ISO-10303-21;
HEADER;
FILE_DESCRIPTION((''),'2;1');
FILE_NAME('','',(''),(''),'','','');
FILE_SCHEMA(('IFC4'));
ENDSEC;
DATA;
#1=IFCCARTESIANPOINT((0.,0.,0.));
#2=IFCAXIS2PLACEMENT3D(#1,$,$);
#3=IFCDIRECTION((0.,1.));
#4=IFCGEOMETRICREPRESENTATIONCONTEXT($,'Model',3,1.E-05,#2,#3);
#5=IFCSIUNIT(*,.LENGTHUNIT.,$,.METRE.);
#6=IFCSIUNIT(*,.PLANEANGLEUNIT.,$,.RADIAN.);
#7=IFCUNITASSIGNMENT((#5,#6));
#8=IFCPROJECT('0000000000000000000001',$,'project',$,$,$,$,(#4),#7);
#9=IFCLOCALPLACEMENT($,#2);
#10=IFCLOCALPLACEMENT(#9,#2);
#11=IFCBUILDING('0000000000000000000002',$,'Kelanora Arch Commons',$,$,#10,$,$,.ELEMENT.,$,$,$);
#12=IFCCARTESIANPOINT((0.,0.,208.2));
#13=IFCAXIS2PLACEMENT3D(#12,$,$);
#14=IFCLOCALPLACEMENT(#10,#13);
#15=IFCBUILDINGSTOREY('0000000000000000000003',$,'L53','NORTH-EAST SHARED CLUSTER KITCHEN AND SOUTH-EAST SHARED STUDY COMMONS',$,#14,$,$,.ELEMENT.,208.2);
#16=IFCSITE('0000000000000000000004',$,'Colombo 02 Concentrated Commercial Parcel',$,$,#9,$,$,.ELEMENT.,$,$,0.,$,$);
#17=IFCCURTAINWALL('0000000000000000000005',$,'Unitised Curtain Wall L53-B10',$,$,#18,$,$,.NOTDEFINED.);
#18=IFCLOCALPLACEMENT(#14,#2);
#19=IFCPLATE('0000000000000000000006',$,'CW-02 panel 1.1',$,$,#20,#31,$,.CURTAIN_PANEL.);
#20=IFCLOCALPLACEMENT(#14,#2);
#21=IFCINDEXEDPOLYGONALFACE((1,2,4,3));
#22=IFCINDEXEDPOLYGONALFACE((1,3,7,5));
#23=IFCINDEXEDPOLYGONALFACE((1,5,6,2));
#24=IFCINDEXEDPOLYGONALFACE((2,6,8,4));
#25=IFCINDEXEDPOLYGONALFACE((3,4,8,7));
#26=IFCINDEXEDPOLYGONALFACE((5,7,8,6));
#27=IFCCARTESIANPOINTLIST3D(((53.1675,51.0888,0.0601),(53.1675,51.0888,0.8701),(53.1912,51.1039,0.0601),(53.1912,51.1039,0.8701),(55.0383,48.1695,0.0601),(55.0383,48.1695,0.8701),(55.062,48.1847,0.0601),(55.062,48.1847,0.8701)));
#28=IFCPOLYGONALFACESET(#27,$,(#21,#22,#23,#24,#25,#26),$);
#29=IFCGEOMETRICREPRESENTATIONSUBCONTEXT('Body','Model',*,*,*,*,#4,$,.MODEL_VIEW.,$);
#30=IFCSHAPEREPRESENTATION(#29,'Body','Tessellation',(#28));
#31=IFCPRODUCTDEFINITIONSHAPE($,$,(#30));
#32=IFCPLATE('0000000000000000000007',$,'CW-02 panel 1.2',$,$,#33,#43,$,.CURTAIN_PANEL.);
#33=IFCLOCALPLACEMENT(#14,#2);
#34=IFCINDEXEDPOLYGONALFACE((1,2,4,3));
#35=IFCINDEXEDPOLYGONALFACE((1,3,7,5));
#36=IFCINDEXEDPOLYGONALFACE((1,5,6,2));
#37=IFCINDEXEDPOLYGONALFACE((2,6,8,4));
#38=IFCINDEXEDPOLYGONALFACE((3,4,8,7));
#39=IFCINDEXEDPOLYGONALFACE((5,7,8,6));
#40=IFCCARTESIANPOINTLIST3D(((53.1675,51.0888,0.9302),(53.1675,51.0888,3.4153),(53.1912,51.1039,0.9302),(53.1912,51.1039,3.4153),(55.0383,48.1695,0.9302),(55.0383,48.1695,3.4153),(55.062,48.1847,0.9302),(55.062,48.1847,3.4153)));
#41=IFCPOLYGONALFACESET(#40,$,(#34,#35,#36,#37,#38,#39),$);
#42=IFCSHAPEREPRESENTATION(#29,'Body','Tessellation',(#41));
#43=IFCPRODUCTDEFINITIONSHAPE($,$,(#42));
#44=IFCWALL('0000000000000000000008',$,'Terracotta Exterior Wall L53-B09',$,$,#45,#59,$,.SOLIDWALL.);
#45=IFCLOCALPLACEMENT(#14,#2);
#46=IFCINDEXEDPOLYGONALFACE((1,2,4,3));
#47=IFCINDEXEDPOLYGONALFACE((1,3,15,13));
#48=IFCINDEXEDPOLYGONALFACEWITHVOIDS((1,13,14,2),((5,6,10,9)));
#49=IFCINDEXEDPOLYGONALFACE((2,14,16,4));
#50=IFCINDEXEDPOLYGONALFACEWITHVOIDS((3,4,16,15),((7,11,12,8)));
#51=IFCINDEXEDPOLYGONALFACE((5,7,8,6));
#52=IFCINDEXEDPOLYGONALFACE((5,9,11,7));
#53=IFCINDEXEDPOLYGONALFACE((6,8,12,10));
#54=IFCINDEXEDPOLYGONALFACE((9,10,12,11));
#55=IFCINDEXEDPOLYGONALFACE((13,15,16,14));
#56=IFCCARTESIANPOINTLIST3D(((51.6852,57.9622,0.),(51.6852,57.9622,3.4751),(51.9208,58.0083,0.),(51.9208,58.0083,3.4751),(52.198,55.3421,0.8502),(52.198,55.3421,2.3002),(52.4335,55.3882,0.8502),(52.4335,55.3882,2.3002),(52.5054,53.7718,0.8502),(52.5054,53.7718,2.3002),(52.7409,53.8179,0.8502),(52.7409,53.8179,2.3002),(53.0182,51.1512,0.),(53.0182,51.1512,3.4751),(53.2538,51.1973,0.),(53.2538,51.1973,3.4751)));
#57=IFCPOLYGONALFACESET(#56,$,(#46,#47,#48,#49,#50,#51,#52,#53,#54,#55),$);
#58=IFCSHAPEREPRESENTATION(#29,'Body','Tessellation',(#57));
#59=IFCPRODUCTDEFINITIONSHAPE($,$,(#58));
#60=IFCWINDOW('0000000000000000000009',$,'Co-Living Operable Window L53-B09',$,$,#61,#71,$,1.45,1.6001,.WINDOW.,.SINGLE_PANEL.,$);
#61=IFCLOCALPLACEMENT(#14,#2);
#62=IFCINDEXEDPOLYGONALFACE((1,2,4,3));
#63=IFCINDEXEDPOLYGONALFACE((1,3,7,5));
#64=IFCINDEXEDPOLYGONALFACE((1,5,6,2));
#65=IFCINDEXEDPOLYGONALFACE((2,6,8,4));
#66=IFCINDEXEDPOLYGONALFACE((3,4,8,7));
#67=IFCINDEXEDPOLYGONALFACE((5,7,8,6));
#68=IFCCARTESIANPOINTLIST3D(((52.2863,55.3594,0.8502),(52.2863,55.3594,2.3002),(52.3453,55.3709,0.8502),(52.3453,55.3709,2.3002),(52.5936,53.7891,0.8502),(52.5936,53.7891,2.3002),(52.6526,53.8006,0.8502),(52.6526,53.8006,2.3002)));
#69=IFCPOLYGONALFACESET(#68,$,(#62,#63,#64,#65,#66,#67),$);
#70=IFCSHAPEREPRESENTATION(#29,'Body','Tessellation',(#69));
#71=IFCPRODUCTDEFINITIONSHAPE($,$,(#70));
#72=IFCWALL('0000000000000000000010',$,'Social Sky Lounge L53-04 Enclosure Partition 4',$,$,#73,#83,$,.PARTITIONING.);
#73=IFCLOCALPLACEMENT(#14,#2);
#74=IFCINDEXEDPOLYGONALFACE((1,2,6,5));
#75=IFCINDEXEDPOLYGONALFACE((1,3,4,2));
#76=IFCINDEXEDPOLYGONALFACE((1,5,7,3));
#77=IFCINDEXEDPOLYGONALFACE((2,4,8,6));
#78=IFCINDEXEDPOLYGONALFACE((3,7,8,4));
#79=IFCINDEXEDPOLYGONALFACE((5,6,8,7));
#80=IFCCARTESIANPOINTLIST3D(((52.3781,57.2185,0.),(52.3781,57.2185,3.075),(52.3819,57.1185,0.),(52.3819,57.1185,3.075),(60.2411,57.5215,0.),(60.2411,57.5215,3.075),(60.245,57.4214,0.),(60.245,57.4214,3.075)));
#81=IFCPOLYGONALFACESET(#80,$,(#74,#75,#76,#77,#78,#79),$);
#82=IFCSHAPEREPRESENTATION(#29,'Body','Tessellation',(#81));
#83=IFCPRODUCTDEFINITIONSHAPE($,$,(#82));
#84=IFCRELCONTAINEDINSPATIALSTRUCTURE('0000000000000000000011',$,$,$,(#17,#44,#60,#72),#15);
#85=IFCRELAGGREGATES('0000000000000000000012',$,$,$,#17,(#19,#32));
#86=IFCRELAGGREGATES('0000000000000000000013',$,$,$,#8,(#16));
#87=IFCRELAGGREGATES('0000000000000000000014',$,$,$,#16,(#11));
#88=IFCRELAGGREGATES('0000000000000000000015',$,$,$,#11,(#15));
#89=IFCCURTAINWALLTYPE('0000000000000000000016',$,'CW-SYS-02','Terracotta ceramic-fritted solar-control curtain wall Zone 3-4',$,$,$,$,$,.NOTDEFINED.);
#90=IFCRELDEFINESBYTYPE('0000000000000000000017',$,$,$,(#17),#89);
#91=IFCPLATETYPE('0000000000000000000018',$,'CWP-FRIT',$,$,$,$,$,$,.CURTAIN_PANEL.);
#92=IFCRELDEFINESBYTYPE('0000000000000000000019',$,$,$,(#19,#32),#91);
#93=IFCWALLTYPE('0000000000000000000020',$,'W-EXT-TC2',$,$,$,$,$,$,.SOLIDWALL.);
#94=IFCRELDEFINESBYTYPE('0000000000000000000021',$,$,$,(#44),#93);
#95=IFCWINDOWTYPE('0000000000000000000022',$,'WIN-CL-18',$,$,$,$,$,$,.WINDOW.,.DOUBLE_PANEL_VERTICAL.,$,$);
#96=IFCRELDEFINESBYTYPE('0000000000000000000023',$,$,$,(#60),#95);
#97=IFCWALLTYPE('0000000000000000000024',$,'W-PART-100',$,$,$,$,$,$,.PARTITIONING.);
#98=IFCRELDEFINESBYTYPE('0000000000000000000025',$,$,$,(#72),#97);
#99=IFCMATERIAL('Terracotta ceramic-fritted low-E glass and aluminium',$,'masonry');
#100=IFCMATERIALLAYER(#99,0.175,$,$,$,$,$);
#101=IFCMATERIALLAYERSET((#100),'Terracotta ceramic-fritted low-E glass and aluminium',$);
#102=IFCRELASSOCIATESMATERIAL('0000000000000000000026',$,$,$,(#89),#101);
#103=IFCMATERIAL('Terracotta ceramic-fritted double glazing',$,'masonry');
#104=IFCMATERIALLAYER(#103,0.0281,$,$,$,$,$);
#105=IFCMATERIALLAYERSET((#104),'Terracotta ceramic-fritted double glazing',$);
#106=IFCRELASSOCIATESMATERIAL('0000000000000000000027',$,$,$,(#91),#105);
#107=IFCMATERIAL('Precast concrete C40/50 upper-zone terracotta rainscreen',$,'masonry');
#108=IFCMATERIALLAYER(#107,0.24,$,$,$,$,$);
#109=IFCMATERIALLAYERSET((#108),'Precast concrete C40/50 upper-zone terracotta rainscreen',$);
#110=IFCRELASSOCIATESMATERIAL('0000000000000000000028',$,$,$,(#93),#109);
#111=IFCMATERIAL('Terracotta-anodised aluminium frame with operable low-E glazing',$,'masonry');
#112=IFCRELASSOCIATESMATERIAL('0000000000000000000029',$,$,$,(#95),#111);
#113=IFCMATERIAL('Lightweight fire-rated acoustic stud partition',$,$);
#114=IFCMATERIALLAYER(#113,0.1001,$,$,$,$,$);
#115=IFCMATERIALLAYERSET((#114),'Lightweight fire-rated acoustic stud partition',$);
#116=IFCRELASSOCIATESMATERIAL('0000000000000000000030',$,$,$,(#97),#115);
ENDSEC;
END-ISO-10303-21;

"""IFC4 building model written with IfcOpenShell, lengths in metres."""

from ifc_helpers import new_model, si_unit, direction, frame, frame_2d, origin, origin_2d, place, context, subcontext, project, spatial, rectangle, extrude, source, transform, mapped, material, layer, layer_set, type_object, element, fill, aggregate, save


model = new_model("IFC4")

# Units and contexts
model_context = context("Model", 3, precision=1e-05, world=origin(), true_north=direction((0.0, 1.0)))
body_context = subcontext(model_context, "Body", "Model", "MODEL_VIEW")
ifc_project = project(units=[si_unit("LENGTHUNIT", "METRE"), si_unit("PLANEANGLEUNIT", "RADIAN")], contexts=[model_context])

# Site, building, storey
site_placement = place(None, origin())
site = spatial("IfcSite", under=ifc_project, at=site_placement, Name="Colombo 02 Concentrated Commercial Parcel", CompositionType="ELEMENT", RefElevation=0.0)
building_placement = place(site_placement, origin())
building = spatial("IfcBuilding", under=site, at=building_placement, Name="Kelanora Arch Commons", CompositionType="ELEMENT")
storey_placement = place(building_placement, frame((0.0, 0.0, 208.2)))
storey = spatial("IfcBuildingStorey", under=building, at=storey_placement, Name="L53", Description="NORTH-EAST SHARED CLUSTER KITCHEN AND SOUTH-EAST SHARED STUDY COMMONS", CompositionType="ELEMENT", Elevation=208.2)

# Curtain wall
ifc_material_1 = material(Name="Terracotta ceramic-fritted low-E glass and aluminium", Category="masonry")
ifc_layer_1 = layer(ifc_material_1, 0.175)
ifc_layer_set_1 = layer_set([ifc_layer_1], Name="Terracotta ceramic-fritted low-E glass and aluminium")
curtain_wall_type = type_object("IfcCurtainWallType", Name="CW-SYS-02", Description="Terracotta ceramic-fritted solar-control curtain wall Zone 3-4", PredefinedType="NOTDEFINED", material=ifc_layer_set_1)
curtain_wall_placement = place(storey_placement, origin())
curtain_wall = element("IfcCurtainWall", 1, at=curtain_wall_placement, inside=storey, type_object=curtain_wall_type, Name="Unitised Curtain Wall L53-B10", PredefinedType="NOTDEFINED")

# Plates
ifc_material_2 = material(Name="Terracotta ceramic-fritted double glazing", Category="masonry")
ifc_layer_2 = layer(ifc_material_2, 0.0281)
ifc_layer_set_2 = layer_set([ifc_layer_2], Name="Terracotta ceramic-fritted double glazing")
plate_type = type_object("IfcPlateType", Name="CWP-FRIT", PredefinedType="CURTAIN_PANEL", material=ifc_layer_set_2)
shared_shape_1 = source(origin(), body_context, "Body", "SweptSolid", [
    extrude(rectangle(XDim=3.4673, YDim=0.0281, at=origin_2d()), origin(), (0.0, 0.0, 1.0), 0.8101),
])
plate_1_placement = place(storey_placement, frame((54.1147, 49.6367, 0.0601), z_axis=(0.0, 0.0, 1.0), x_axis=(0.539559, -0.841948, 0.0)))
plate_1 = element("IfcPlate", 2, at=plate_1_placement, type_object=plate_type, Name="CW-02 panel 1.1", PredefinedType="CURTAIN_PANEL", context=body_context, shape_type="MappedRepresentation", body=[
    mapped(shared_shape_1, transform((0.0, 0.0, 0.0), scale=1.0)),
])
shared_shape_2 = source(origin(), body_context, "Body", "SweptSolid", [
    extrude(rectangle(XDim=3.4673, YDim=0.0281, at=origin_2d()), origin(), (0.0, 0.0, 1.0), 2.4851),
])
plate_2_placement = place(storey_placement, frame((54.1147, 49.6367, 0.9302), z_axis=(0.0, 0.0, 1.0), x_axis=(0.539559, -0.841948, 0.0)))
plate_2 = element("IfcPlate", 3, at=plate_2_placement, type_object=plate_type, Name="CW-02 panel 1.2", PredefinedType="CURTAIN_PANEL", context=body_context, shape_type="MappedRepresentation", body=[
    mapped(shared_shape_2, transform((0.0, 0.0, 0.0), scale=1.0)),
])
aggregate(curtain_wall, [plate_1, plate_2])

# Wall, opening, window
ifc_material_3 = material(Name="Precast concrete C40/50 upper-zone terracotta rainscreen", Category="masonry")
ifc_layer_3 = layer(ifc_material_3, 0.24)
ifc_layer_set_3 = layer_set([ifc_layer_3], Name="Precast concrete C40/50 upper-zone terracotta rainscreen")
wall_type_1 = type_object("IfcWallType", Name="W-EXT-TC2", PredefinedType="SOLIDWALL", material=ifc_layer_set_3)
wall_1_placement = place(storey_placement, frame((51.803, 57.9854, 0.0), z_axis=(0.0, 0.0, 1.0), x_axis=(0.192069, -0.981381, 0.0)))
wall_1 = element("IfcWall", 4, at=wall_1_placement, inside=storey, type_object=wall_type_1, Name="Terracotta Exterior Wall L53-B09", PredefinedType="SOLIDWALL", context=body_context, shape_type="SweptSolid", body=[
    extrude(rectangle(XDim=6.9402, YDim=0.24, at=frame_2d((3.4702, 0.0))), origin(), (0.0, 0.0, 1.0), 3.4751),
])
opening_placement = place(wall_1_placement, frame((2.6699, 0.0, 0.8501)))
opening = element("IfcOpeningElement", 5, at=opening_placement, cuts=wall_1, PredefinedType="OPENING", context=body_context, shape_type="SweptSolid", body=[
    extrude(rectangle(XDim=1.6001, YDim=1.45, at=frame_2d((0.8, 0.7251))), frame((0.0, 0.1299, 0.0), z_axis=(0.0, -1.0, 0.0), x_axis=(1.0, 0.0, 0.0)), (0.0, 0.0, 1.0), 0.26),
])
ifc_material_4 = material(Name="Terracotta-anodised aluminium frame with operable low-E glazing", Category="masonry")
window_type = type_object("IfcWindowType", Name="WIN-CL-18", PartitioningType="DOUBLE_PANEL_VERTICAL", PredefinedType="WINDOW", material=ifc_material_4)
window_placement = place(opening_placement, origin())
window = element("IfcWindow", 6, at=window_placement, inside=storey, type_object=window_type, Name="Co-Living Operable Window L53-B09", OverallHeight=1.45, OverallWidth=1.6001, PartitioningType="SINGLE_PANEL", PredefinedType="WINDOW", context=body_context, shape_type="SweptSolid", body=[
    extrude(rectangle(XDim=1.6001, YDim=1.45, at=frame_2d((0.8, 0.7251))), frame((0.0, 0.03, 0.0), z_axis=(0.0, -1.0, 0.0), x_axis=(1.0, 0.0, 0.0)), (0.0, 0.0, 1.0), 0.0601),
])
fill(opening, window)

# Wall
ifc_material_5 = material(Name="Lightweight fire-rated acoustic stud partition")
ifc_layer_4 = layer(ifc_material_5, 0.1001)
ifc_layer_set_4 = layer_set([ifc_layer_4], Name="Lightweight fire-rated acoustic stud partition")
wall_type_2 = type_object("IfcWallType", Name="W-PART-100", PredefinedType="PARTITIONING", material=ifc_layer_set_4)
wall_2_placement = place(storey_placement, frame((52.3799, 57.1685, 0.0), z_axis=(0.0, 0.0, 1.0), x_axis=(0.999258, 0.038503, 0.0)))
element("IfcWall", 7, at=wall_2_placement, inside=storey, type_object=wall_type_2, Name="Social Sky Lounge L53-04 Enclosure Partition 4", PredefinedType="PARTITIONING", context=body_context, shape_type="SweptSolid", body=[
    extrude(rectangle(XDim=7.8689, YDim=0.1001, at=frame_2d((3.9346, 0.0))), origin(), (0.0, 0.0, 1.0), 3.075),
])

save(model, "model.ifc")
